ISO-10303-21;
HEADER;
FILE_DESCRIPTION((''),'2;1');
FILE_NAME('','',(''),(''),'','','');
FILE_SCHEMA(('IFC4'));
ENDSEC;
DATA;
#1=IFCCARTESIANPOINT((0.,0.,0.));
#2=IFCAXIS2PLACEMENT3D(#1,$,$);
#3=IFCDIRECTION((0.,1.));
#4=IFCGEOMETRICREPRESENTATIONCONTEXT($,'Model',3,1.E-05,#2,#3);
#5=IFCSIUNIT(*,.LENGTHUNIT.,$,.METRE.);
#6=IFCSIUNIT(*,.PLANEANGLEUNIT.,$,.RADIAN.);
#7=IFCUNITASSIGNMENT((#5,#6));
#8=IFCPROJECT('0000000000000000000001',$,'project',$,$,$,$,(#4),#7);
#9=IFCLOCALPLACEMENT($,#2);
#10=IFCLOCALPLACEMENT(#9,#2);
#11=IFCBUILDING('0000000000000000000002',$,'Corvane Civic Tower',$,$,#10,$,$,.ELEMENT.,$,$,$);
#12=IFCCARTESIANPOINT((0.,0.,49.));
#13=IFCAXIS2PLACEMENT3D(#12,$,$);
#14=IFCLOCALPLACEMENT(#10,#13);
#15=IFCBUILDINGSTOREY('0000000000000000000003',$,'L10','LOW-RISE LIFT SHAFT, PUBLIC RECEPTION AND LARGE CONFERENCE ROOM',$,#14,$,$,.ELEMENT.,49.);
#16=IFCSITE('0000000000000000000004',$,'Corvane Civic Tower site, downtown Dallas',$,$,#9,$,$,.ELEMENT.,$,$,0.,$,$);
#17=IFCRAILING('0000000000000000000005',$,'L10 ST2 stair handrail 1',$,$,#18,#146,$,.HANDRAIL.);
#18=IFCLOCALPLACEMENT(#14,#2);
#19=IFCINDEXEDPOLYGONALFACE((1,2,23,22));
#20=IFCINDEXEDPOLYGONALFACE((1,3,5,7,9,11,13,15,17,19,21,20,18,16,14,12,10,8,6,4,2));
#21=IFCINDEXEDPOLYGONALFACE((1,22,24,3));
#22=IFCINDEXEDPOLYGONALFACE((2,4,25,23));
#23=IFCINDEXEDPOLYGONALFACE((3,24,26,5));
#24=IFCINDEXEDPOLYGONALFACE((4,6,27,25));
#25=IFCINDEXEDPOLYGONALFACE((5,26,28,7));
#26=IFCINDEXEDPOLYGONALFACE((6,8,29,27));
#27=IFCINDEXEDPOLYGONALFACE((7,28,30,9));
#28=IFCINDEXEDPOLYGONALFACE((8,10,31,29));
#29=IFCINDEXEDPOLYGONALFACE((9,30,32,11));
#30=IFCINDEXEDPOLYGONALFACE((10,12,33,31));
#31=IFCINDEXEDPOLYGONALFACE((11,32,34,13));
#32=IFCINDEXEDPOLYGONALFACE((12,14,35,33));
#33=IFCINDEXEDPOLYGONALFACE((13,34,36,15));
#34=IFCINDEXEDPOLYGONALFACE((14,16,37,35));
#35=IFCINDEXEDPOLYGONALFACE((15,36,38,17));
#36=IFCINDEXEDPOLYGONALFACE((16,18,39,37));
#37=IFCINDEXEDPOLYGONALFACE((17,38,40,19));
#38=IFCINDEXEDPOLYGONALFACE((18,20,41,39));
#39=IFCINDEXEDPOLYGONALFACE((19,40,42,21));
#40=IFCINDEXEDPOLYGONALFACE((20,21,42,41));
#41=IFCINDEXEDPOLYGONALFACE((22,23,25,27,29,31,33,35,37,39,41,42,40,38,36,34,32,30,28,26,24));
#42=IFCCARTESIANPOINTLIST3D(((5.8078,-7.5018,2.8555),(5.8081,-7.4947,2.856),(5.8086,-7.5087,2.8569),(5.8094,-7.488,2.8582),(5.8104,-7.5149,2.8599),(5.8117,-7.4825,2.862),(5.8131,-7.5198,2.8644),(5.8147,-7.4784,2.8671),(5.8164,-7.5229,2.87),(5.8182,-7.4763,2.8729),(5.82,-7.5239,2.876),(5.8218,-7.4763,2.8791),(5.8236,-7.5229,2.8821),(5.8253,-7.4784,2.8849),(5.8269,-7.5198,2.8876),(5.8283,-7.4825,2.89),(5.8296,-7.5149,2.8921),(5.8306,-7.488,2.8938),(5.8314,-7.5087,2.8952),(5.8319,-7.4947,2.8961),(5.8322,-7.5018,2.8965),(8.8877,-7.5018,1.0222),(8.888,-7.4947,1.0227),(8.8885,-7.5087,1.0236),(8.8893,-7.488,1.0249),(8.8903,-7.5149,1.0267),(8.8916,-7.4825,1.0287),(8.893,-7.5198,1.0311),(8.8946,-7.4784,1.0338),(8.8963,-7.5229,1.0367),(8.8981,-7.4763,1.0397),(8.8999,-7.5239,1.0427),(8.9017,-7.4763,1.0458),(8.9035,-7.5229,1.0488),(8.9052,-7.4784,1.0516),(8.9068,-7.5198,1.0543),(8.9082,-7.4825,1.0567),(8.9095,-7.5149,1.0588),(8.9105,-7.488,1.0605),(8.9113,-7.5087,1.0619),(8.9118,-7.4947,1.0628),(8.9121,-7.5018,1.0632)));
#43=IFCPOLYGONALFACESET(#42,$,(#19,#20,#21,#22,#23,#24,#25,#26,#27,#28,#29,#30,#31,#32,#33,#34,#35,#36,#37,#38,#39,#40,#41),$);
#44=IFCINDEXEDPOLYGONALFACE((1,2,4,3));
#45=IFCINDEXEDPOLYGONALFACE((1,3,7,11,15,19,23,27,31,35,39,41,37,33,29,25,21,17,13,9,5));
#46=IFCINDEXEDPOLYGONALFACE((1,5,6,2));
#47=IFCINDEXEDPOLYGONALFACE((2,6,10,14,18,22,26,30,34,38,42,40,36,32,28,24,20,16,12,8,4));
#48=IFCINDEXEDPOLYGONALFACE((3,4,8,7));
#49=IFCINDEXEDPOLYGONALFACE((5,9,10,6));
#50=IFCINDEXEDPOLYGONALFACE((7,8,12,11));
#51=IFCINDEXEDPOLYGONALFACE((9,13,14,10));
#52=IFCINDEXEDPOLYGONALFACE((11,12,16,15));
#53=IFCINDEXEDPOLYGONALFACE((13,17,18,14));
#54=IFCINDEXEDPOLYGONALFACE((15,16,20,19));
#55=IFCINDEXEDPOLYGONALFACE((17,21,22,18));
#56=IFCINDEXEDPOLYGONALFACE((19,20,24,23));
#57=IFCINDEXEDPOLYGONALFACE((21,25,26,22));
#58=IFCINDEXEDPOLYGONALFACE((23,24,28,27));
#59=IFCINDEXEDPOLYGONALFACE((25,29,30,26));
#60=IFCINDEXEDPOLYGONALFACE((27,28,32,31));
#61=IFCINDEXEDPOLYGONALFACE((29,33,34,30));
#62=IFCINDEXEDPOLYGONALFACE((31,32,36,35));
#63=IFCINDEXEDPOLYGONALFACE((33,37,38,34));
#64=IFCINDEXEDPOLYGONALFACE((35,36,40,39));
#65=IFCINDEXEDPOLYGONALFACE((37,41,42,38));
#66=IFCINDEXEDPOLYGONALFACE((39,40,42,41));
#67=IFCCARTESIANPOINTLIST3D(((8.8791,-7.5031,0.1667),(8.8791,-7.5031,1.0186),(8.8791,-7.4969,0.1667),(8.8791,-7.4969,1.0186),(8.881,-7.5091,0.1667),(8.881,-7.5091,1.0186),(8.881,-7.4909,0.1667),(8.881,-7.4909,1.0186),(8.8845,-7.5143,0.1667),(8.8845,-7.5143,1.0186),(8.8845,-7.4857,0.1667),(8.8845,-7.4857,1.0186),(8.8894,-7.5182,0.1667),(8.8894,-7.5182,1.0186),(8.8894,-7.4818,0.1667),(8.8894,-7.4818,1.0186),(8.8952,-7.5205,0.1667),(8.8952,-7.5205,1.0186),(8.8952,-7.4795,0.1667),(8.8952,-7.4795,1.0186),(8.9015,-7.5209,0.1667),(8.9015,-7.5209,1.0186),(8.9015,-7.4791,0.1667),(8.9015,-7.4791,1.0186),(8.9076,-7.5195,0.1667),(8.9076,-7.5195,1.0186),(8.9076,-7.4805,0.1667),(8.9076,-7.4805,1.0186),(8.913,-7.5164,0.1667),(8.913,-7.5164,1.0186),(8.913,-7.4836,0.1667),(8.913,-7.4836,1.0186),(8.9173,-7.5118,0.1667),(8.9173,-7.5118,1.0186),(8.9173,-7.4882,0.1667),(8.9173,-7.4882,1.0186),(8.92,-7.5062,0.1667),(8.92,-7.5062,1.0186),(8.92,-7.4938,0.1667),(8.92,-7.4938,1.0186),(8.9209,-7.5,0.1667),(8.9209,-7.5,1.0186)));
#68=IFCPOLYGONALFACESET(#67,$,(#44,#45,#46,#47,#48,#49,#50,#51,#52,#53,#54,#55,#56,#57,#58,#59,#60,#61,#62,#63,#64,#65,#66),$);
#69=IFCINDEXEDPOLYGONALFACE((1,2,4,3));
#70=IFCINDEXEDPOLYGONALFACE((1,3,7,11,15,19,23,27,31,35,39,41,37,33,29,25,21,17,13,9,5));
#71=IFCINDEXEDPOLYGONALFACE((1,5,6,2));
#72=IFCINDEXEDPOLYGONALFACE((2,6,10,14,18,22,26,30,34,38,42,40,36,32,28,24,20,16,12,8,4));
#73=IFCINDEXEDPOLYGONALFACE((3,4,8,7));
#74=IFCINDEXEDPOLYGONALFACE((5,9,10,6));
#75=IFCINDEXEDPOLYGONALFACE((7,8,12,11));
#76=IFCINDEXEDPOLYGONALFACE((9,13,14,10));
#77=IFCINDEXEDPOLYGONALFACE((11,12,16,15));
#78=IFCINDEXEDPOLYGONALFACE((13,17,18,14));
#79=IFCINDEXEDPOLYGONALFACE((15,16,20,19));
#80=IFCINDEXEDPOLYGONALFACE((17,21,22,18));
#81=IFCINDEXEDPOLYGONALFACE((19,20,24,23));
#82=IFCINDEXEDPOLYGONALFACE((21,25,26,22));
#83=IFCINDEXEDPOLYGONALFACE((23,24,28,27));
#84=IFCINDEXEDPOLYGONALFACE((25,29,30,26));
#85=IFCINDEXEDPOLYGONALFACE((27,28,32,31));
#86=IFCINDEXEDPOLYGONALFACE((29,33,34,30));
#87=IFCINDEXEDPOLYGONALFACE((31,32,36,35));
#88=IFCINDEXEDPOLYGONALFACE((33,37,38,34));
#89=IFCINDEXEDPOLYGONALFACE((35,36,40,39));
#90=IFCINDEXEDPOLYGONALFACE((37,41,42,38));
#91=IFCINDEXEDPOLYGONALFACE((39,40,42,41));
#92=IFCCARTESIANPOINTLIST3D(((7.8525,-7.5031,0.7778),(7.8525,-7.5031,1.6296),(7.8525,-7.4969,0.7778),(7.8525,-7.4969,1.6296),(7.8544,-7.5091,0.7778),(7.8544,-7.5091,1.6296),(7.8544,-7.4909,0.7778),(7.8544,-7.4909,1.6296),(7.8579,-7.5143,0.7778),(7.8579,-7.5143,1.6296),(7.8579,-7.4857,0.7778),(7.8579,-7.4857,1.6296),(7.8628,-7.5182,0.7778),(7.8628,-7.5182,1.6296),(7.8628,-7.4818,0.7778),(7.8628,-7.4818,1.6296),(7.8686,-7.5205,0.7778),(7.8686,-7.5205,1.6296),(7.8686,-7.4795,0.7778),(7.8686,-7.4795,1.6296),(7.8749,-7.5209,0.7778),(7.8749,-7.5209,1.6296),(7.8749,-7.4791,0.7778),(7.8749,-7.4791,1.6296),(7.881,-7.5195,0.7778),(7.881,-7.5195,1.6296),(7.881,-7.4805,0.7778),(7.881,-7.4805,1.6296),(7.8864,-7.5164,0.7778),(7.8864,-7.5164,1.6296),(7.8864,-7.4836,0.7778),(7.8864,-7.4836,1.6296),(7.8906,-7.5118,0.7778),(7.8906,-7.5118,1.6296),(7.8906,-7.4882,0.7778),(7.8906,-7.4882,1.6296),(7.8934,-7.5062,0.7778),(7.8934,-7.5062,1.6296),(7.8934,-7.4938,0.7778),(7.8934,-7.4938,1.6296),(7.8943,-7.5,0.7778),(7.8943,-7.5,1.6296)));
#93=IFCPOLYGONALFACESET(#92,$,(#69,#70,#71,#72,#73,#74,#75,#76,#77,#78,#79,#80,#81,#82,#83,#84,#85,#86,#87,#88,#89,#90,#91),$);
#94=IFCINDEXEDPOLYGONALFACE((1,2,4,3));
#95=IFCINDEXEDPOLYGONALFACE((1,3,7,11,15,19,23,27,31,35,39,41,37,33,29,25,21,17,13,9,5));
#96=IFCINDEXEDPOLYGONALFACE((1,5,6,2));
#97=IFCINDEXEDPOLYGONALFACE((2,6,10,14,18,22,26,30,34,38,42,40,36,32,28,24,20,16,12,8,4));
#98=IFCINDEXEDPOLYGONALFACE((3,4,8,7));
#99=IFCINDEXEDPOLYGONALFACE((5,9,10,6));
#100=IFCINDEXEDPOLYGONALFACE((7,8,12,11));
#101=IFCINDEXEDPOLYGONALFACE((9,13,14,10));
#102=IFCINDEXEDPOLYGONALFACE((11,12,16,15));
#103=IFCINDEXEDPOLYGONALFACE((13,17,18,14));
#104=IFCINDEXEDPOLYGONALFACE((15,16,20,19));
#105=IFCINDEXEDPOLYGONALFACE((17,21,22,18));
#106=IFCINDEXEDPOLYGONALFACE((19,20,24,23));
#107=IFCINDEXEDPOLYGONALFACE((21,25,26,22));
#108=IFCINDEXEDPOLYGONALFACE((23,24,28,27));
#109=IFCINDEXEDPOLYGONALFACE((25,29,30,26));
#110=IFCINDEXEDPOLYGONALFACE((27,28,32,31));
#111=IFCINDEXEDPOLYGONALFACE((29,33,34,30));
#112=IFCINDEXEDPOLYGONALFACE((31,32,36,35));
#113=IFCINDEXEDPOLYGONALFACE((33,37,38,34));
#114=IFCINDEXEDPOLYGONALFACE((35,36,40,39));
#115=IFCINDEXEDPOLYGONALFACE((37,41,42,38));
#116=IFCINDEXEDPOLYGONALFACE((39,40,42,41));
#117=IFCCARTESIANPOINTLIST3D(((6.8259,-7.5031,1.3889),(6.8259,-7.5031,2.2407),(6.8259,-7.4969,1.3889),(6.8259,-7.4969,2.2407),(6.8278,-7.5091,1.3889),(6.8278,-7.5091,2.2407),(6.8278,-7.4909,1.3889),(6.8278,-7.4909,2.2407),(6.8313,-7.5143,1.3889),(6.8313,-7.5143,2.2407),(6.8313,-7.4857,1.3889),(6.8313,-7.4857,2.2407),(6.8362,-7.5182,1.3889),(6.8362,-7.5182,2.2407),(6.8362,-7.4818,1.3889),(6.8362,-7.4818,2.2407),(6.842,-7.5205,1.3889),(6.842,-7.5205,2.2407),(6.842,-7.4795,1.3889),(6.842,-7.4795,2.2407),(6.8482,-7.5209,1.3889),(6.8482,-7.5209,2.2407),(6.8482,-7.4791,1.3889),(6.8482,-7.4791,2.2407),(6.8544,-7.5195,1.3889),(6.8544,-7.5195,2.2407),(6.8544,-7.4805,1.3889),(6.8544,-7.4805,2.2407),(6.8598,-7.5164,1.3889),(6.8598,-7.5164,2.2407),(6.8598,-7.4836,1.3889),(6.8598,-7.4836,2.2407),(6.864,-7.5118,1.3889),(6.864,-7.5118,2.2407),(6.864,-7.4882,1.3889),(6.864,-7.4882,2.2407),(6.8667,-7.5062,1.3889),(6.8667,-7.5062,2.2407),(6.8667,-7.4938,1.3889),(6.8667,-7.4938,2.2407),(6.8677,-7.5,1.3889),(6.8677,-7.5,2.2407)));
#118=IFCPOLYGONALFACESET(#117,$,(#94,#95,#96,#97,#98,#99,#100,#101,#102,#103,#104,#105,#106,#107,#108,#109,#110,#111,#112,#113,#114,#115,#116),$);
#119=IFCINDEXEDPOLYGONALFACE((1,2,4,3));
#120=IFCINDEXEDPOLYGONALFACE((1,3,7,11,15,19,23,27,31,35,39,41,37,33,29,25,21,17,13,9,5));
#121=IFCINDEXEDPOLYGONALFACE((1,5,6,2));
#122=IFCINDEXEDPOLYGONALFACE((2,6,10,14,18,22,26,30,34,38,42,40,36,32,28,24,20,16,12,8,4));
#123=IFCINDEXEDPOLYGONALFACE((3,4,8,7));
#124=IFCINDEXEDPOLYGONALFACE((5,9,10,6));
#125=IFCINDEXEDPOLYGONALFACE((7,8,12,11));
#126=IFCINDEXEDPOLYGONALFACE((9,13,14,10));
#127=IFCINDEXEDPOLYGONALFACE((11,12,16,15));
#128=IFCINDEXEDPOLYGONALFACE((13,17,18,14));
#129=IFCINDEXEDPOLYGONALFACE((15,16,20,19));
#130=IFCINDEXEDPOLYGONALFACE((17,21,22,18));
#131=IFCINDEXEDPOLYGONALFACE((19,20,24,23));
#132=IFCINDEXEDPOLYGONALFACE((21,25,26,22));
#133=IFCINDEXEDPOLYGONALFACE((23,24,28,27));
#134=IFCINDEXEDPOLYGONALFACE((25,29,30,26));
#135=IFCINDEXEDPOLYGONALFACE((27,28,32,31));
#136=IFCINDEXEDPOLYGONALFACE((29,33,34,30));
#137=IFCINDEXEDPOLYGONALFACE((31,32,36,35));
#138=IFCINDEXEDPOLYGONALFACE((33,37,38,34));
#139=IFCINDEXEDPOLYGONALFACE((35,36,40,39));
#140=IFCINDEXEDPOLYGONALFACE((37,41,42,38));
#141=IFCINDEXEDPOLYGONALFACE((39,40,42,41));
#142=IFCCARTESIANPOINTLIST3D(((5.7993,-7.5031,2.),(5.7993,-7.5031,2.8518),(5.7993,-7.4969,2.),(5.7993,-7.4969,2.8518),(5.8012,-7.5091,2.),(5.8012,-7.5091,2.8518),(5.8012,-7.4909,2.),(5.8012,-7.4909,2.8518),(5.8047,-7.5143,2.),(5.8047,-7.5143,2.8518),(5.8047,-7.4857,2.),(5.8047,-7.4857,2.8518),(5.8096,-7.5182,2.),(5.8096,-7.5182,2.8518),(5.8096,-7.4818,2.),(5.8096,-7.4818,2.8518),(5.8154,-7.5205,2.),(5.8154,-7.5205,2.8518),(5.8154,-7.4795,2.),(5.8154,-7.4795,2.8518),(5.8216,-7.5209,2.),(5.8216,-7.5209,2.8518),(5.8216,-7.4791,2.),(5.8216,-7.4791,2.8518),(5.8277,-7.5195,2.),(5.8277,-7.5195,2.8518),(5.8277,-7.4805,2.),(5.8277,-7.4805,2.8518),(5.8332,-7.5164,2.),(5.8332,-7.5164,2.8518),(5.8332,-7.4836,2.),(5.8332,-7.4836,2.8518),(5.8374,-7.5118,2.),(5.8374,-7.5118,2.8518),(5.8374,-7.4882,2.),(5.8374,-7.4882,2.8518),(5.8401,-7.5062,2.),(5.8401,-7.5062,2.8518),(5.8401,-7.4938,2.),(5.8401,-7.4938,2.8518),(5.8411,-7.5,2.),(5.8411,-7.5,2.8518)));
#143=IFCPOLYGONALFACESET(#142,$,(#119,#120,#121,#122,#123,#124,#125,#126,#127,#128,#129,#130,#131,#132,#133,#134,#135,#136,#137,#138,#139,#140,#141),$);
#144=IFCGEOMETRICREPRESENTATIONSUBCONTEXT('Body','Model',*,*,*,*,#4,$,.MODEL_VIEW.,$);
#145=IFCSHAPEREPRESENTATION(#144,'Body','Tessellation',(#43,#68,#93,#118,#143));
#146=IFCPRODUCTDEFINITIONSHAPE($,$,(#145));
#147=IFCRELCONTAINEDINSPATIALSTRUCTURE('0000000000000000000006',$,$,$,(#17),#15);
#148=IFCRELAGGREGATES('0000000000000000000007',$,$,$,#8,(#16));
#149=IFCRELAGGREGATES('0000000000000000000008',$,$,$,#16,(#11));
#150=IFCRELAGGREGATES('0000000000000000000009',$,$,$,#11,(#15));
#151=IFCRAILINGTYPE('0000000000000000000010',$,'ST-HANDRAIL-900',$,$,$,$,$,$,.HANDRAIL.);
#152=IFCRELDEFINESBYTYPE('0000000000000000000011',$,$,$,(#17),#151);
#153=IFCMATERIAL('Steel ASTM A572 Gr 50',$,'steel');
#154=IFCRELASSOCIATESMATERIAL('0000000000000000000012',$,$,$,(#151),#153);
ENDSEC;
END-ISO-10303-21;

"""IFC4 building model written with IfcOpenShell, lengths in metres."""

from ifc_helpers import new_model, si_unit, direction, frame, origin, origin_2d, place, context, subcontext, project, spatial, circle, extrude, material, type_object, element, save


model = new_model("IFC4")

# Units and contexts
model_context = context("Model", 3, precision=1e-05, world=origin(), true_north=direction((0.0, 1.0)))
body_context = subcontext(model_context, "Body", "Model", "MODEL_VIEW")
ifc_project = project(units=[si_unit("LENGTHUNIT", "METRE"), si_unit("PLANEANGLEUNIT", "RADIAN")], contexts=[model_context])

# Site, building, storey
site_placement = place(None, origin())
site = spatial("IfcSite", under=ifc_project, at=site_placement, Name="Corvane Civic Tower site, downtown Dallas", CompositionType="ELEMENT", RefElevation=0.0)
building_placement = place(site_placement, origin())
building = spatial("IfcBuilding", under=site, at=building_placement, Name="Corvane Civic Tower", CompositionType="ELEMENT")
storey_placement = place(building_placement, frame((0.0, 0.0, 49.0)))
storey = spatial("IfcBuildingStorey", under=building, at=storey_placement, Name="L10", Description="LOW-RISE LIFT SHAFT, PUBLIC RECEPTION AND LARGE CONFERENCE ROOM", CompositionType="ELEMENT", Elevation=49.0)

# Railing
ifc_material_1 = material(Name="Steel ASTM A572 Gr 50", Category="steel")
railing_type_1 = type_object("IfcRailingType", Name="ST-HANDRAIL-900", PredefinedType="HANDRAIL", material=ifc_material_1)
railing_1_placement = place(storey_placement, frame((8.8999, -7.5, 0.1667)))
element("IfcRailing", 1, at=railing_1_placement, inside=storey, type_object=railing_type_1, Name="L10 ST2 stair handrail 1", PredefinedType="HANDRAIL", context=body_context, shape_type="SweptSolid", body=[
    extrude(circle(Radius=0.0239, at=origin_2d()), frame((0.0, 0.0, 0.876), z_axis=(-0.859291, 0.0, 0.511487), x_axis=(0.0, -1.0, 0.0)), (0.0, 0.0, 1.0), 3.5842),
    extrude(circle(Radius=0.021, at=origin_2d()), origin(), (0.0, 0.0, 1.0), 0.8518),
    extrude(circle(Radius=0.021, at=origin_2d()), frame((-1.0266, 0.0, 0.6111)), (0.0, 0.0, 1.0), 0.8518),
    extrude(circle(Radius=0.021, at=origin_2d()), frame((-2.0532, 0.0, 1.2222)), (0.0, 0.0, 1.0), 0.8518),
    extrude(circle(Radius=0.021, at=origin_2d()), frame((-3.0798, 0.0, 1.8333)), (0.0, 0.0, 1.0), 0.8518),
])

save(model, "model.ifc")
